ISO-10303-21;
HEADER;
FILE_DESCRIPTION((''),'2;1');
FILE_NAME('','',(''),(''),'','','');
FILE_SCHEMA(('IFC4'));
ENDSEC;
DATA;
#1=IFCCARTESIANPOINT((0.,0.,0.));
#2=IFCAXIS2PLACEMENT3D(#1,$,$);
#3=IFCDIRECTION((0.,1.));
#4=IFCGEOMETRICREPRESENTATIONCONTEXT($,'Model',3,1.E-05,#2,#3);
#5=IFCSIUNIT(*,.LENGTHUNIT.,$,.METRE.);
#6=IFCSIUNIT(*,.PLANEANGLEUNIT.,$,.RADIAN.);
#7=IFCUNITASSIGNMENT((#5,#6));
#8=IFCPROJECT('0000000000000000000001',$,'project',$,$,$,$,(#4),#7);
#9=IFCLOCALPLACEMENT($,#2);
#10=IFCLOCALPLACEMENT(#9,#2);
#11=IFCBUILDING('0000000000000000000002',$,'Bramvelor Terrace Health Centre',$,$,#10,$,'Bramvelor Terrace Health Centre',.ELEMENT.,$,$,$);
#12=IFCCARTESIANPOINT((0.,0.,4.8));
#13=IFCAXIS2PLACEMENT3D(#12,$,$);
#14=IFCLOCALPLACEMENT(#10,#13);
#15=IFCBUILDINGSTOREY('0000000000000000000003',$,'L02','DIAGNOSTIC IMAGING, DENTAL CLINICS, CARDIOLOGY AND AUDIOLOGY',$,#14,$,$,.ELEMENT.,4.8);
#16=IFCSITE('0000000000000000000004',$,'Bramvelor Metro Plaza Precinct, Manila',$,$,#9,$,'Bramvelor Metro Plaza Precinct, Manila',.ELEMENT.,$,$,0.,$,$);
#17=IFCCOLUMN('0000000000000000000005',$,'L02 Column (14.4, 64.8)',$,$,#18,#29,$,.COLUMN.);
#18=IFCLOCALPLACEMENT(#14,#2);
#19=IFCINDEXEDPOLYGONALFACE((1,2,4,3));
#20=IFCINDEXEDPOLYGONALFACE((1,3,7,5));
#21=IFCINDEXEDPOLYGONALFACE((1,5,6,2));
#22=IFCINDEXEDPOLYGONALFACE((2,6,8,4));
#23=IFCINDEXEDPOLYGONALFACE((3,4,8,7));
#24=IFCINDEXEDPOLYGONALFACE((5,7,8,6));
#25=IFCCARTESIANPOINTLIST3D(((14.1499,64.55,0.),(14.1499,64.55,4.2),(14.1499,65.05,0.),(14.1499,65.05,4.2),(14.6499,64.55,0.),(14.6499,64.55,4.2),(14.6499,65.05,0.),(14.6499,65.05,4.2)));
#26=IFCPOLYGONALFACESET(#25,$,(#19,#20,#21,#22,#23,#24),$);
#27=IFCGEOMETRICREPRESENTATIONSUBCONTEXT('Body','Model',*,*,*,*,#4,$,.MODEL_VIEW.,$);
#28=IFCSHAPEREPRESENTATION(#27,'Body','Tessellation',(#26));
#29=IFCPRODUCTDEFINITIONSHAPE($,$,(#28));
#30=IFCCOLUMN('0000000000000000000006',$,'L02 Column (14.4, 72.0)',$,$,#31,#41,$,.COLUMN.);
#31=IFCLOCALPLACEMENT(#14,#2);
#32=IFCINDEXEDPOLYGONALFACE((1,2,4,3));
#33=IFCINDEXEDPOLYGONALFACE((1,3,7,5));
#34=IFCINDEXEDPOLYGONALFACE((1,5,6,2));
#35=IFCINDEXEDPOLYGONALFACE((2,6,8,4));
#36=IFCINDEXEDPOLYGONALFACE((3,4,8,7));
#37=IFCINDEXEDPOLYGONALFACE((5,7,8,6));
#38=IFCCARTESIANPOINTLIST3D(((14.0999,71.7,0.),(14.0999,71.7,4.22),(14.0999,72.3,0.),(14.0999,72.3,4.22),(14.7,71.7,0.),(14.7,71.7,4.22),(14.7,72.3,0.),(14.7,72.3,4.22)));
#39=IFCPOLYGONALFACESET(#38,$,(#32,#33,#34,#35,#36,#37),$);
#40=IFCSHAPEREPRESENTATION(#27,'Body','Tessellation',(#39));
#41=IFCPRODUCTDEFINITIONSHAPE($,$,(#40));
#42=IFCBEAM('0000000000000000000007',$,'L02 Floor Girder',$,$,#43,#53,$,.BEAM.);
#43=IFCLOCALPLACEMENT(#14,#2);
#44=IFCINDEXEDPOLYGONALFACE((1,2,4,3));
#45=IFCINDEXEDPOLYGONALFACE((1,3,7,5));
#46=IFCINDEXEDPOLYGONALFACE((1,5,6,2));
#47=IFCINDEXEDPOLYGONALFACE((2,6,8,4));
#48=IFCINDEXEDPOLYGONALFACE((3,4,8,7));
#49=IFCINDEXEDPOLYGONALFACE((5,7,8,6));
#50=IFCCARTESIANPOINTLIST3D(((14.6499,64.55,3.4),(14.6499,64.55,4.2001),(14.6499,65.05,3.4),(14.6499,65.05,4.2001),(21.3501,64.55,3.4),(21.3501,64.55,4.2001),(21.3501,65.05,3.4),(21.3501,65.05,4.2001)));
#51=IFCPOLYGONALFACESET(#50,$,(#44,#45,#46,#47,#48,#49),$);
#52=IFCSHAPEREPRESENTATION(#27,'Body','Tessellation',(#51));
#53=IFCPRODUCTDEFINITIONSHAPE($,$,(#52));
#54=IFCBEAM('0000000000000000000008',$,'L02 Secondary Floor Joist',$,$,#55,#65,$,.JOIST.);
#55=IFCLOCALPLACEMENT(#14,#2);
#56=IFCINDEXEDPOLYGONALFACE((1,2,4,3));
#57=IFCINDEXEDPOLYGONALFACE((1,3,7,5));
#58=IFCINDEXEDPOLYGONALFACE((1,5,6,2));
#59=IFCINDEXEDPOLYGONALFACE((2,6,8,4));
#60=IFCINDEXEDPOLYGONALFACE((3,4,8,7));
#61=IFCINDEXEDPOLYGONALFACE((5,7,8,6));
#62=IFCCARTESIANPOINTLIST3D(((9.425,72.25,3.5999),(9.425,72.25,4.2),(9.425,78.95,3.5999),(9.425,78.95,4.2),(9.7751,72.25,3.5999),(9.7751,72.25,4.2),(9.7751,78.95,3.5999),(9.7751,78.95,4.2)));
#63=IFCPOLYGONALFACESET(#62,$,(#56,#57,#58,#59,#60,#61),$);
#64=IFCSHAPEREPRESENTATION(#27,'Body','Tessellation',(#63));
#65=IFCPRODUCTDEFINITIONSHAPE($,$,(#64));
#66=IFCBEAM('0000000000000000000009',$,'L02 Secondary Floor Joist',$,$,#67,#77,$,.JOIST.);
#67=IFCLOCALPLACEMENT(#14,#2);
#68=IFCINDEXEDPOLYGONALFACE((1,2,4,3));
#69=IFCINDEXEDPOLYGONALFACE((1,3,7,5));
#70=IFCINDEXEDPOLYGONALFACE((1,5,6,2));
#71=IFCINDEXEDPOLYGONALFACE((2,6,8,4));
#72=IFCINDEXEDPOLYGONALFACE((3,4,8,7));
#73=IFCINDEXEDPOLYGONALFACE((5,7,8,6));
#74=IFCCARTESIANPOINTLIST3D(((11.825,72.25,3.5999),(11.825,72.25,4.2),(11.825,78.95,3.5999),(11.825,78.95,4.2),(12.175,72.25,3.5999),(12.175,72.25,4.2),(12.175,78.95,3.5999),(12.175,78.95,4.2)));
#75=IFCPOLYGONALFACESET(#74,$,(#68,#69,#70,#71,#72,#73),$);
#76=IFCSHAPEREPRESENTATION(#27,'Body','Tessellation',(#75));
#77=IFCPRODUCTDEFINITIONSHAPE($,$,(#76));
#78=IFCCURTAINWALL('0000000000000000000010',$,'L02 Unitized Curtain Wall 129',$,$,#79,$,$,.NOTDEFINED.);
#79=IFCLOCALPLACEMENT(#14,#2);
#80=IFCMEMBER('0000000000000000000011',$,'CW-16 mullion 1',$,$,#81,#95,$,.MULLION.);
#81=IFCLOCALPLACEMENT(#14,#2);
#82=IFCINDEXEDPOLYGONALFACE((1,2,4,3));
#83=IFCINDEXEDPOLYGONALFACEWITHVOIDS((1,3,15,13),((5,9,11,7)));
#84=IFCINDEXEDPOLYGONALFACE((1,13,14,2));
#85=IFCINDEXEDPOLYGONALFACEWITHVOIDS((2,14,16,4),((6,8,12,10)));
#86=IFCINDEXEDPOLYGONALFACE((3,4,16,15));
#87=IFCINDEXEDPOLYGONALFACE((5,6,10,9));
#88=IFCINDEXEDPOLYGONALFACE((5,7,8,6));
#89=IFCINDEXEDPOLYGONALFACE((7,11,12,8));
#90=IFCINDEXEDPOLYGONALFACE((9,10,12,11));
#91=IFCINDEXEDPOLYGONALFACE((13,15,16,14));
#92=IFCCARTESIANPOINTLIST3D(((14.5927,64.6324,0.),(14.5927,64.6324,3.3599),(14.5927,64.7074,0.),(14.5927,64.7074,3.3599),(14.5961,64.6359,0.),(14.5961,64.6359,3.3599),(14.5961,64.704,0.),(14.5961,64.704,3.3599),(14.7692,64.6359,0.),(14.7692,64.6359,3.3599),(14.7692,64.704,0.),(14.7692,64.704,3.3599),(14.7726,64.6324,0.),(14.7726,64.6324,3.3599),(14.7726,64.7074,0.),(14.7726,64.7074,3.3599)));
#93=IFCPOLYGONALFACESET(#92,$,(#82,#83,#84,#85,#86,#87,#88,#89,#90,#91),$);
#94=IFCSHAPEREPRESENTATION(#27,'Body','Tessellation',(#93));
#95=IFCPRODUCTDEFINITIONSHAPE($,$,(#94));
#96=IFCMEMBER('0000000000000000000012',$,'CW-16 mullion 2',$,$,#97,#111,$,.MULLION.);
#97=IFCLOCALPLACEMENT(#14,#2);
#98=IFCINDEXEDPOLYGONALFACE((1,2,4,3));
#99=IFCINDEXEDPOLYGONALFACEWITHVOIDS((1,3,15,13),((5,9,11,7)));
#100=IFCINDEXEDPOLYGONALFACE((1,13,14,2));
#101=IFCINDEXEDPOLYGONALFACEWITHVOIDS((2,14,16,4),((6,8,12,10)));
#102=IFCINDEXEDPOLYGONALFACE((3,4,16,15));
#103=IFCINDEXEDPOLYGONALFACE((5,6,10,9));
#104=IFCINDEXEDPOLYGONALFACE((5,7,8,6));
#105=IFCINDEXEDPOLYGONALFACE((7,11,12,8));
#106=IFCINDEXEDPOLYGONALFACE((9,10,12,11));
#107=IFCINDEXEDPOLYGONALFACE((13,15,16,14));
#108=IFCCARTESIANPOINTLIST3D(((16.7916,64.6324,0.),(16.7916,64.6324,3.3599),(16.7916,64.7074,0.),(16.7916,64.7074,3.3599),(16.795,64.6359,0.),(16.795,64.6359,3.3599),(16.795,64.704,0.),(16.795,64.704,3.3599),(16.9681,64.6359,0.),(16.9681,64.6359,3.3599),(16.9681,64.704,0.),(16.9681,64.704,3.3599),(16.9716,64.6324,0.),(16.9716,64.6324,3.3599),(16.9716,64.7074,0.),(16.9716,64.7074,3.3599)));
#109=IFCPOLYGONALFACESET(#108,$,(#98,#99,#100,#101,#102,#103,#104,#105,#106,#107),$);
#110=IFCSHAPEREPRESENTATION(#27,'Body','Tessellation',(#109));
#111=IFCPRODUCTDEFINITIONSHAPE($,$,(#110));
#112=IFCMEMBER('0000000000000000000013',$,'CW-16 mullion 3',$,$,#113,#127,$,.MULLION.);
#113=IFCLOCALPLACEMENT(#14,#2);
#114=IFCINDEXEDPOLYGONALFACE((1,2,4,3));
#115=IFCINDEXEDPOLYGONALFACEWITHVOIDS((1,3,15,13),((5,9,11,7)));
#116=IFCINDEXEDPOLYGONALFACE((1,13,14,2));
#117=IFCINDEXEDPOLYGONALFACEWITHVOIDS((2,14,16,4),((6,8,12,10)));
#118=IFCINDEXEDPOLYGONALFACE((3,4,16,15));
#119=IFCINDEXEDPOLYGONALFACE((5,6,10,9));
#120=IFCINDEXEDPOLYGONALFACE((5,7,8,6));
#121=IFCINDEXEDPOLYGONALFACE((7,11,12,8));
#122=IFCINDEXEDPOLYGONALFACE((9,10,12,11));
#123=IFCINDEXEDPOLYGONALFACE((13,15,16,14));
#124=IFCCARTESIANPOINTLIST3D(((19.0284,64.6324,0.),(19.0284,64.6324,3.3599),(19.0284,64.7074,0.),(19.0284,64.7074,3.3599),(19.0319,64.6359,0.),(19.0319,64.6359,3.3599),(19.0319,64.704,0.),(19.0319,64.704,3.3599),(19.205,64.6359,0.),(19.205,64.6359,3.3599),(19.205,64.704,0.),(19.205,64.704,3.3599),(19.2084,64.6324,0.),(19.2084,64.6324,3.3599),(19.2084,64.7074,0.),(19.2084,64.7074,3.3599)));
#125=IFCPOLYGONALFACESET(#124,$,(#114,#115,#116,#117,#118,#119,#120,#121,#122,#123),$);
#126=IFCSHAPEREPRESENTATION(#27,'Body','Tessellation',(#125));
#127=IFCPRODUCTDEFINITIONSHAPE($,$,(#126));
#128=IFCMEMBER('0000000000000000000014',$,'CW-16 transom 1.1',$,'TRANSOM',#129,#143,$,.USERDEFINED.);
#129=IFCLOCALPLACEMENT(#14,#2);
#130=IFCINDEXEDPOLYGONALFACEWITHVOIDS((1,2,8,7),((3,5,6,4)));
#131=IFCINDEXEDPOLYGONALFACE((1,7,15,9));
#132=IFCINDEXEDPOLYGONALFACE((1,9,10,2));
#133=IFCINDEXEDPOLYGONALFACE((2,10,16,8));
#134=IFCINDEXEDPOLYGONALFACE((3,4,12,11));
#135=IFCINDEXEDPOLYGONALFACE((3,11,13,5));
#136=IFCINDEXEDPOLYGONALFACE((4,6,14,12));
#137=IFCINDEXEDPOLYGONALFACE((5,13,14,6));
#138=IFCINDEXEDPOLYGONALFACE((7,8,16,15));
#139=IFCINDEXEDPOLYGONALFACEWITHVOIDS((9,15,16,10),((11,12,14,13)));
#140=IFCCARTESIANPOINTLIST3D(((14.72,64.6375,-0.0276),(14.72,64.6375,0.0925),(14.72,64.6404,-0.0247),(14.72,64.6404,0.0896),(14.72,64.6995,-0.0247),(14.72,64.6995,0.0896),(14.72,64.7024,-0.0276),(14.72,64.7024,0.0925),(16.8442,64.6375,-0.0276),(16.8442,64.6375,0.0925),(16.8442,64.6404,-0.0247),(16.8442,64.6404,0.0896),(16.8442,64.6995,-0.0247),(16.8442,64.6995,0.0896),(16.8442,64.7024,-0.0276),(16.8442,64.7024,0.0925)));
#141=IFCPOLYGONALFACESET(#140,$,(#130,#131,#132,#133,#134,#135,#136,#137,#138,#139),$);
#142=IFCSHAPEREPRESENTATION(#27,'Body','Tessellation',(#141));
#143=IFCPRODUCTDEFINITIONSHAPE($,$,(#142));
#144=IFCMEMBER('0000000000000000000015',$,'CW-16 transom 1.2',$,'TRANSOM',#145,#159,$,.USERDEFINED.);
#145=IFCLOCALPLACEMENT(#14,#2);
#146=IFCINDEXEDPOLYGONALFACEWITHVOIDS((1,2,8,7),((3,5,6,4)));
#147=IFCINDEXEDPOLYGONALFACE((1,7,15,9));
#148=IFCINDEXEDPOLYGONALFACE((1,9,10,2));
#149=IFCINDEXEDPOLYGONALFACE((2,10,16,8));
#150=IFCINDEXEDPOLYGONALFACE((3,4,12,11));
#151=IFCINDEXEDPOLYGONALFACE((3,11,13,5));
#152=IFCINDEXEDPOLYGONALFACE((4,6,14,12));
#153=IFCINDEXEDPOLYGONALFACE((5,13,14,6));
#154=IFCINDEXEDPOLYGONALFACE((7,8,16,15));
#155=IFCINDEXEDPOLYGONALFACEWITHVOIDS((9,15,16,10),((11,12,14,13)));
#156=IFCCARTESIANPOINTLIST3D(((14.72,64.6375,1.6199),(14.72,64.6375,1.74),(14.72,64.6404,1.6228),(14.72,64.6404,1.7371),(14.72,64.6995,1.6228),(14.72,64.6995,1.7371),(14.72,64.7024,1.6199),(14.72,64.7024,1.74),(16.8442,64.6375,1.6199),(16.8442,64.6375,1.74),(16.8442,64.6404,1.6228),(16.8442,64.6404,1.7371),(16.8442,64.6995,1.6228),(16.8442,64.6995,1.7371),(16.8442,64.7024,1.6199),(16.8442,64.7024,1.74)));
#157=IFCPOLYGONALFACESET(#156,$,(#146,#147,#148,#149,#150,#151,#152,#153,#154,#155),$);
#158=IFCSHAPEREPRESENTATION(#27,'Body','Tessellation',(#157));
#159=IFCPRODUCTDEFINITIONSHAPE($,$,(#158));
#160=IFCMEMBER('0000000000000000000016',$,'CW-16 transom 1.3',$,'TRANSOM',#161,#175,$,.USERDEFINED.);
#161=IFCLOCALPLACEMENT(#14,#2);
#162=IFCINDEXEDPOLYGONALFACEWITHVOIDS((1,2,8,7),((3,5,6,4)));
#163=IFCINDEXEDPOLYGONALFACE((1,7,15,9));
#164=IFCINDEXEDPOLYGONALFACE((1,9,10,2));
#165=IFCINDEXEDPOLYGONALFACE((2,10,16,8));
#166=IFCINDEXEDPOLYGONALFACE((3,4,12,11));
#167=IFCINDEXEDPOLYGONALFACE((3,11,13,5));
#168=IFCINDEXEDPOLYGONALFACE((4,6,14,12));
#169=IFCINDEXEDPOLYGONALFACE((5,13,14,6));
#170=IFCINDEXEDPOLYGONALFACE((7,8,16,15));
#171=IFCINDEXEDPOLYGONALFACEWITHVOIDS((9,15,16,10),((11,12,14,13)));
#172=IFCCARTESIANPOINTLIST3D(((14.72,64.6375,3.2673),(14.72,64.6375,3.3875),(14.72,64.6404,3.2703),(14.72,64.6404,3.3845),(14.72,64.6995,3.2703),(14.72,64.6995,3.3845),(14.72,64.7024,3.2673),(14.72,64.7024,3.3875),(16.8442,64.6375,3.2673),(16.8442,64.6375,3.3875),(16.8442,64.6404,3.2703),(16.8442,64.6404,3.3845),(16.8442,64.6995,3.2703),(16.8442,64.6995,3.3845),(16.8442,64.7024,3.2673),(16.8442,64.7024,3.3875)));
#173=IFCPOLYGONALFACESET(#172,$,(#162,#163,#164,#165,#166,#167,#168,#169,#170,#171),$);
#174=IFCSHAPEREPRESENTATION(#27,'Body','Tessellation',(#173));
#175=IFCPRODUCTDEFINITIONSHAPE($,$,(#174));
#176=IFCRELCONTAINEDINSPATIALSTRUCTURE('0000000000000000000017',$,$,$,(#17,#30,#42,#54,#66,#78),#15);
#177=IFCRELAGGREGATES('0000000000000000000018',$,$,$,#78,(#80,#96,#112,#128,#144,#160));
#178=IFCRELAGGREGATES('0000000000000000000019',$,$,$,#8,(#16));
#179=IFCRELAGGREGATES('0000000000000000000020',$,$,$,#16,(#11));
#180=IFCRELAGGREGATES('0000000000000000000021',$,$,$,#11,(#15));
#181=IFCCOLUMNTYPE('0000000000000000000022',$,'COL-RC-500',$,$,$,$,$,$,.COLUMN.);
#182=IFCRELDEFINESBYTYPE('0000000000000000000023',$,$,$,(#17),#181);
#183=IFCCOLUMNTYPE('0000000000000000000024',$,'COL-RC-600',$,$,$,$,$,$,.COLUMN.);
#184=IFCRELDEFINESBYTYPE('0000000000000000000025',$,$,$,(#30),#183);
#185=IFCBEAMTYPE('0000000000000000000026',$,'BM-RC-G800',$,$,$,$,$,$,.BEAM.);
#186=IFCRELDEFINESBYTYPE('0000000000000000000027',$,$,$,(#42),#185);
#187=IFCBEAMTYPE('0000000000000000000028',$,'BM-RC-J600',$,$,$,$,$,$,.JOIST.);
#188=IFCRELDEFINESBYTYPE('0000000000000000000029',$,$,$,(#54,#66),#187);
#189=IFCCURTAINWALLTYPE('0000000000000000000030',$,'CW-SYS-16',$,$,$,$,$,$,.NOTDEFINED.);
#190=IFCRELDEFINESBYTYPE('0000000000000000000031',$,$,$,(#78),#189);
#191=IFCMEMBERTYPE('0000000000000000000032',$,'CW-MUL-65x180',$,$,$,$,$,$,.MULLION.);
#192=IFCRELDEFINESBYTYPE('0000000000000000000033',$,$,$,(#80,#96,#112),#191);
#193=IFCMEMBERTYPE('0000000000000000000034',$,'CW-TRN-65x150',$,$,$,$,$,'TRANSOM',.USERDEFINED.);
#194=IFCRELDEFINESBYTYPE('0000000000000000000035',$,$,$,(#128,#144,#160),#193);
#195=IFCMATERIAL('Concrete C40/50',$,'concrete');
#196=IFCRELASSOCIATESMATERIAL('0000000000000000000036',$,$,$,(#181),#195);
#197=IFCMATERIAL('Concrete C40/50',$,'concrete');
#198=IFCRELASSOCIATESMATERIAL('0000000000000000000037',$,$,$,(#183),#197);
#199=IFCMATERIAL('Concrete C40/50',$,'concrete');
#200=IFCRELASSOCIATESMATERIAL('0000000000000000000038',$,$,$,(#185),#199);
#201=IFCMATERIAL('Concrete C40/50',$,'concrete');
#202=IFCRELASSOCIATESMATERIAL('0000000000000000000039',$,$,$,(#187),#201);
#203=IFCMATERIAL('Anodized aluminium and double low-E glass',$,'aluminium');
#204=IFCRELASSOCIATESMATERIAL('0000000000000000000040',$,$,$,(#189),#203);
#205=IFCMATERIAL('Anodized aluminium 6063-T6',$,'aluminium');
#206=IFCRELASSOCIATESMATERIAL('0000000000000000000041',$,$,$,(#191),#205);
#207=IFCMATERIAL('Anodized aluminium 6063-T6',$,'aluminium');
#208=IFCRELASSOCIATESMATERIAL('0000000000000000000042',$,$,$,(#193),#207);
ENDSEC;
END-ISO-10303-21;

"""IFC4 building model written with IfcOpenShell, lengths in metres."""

from ifc_helpers import new_model, si_unit, direction, frame, origin, origin_2d, place, context, subcontext, project, spatial, rectangle, hollow_rectangle, extrude, material, material_profile, profile_set, type_object, element, aggregate, save


model = new_model("IFC4")

# Units and contexts
model_context = context("Model", 3, precision=1e-05, world=origin(), true_north=direction((0.0, 1.0)))
body_context = subcontext(model_context, "Body", "Model", "MODEL_VIEW")
ifc_project = project(units=[si_unit("LENGTHUNIT", "METRE"), si_unit("PLANEANGLEUNIT", "RADIAN")], contexts=[model_context])

# Site, building, storey
site_placement = place(None, origin())
site = spatial("IfcSite", under=ifc_project, at=site_placement, Name="Bramvelor Metro Plaza Precinct, Manila", LongName="Bramvelor Metro Plaza Precinct, Manila", CompositionType="ELEMENT", RefElevation=0.0)
building_placement = place(site_placement, origin())
building = spatial("IfcBuilding", under=site, at=building_placement, Name="Bramvelor Terrace Health Centre", LongName="Bramvelor Terrace Health Centre", CompositionType="ELEMENT")
storey_placement = place(building_placement, frame((0.0, 0.0, 4.8)))
storey = spatial("IfcBuildingStorey", under=building, at=storey_placement, Name="L02", Description="DIAGNOSTIC IMAGING, DENTAL CLINICS, CARDIOLOGY AND AUDIOLOGY", CompositionType="ELEMENT", Elevation=4.8)

# Columns
ifc_material_1 = material(Name="Concrete C40/50", Category="concrete")
ifc_material_profile_1 = material_profile(ifc_material_1, rectangle(XDim=0.5, YDim=0.5, at=origin_2d()), Name="RC 500x500")
ifc_profile_set_1 = profile_set([ifc_material_profile_1], Name="Concrete C40/50")
column_type_1 = type_object("IfcColumnType", Name="COL-RC-500", PredefinedType="COLUMN", material=ifc_profile_set_1)
column_1_placement = place(storey_placement, frame((14.3999, 64.8, 0.0), z_axis=(0.0, 0.0, 1.0), x_axis=(1.0, 0.0, 0.0)))
element("IfcColumn", 1, at=column_1_placement, inside=storey, type_object=column_type_1, Name="L02 Column (14.4, 64.8)", PredefinedType="COLUMN", context=body_context, shape_type="SweptSolid", body=[
    extrude(rectangle(XDim=0.5, YDim=0.5, at=origin_2d()), origin(), (0.0, 0.0, 1.0), 4.2),
])
ifc_material_2 = material(Name="Concrete C40/50", Category="concrete")
ifc_material_profile_2 = material_profile(ifc_material_2, rectangle(XDim=0.6001, YDim=0.6001, at=origin_2d()), Name="RC 600x600")
ifc_profile_set_2 = profile_set([ifc_material_profile_2], Name="Concrete C40/50")
column_type_2 = type_object("IfcColumnType", Name="COL-RC-600", PredefinedType="COLUMN", material=ifc_profile_set_2)
column_2_placement = place(storey_placement, frame((14.3999, 72.0, 0.0), z_axis=(0.0, 0.0, 1.0), x_axis=(1.0, 0.0, 0.0)))
element("IfcColumn", 2, at=column_2_placement, inside=storey, type_object=column_type_2, Name="L02 Column (14.4, 72.0)", PredefinedType="COLUMN", context=body_context, shape_type="SweptSolid", body=[
    extrude(rectangle(XDim=0.6001, YDim=0.6001, at=origin_2d()), origin(), (0.0, 0.0, 1.0), 4.22),
])

# Beams
ifc_material_3 = material(Name="Concrete C40/50", Category="concrete")
ifc_material_profile_3 = material_profile(ifc_material_3, rectangle(XDim=0.5, YDim=0.8, at=origin_2d()), Name="RC 500x800")
ifc_profile_set_3 = profile_set([ifc_material_profile_3], Name="Concrete C40/50")
beam_type_1 = type_object("IfcBeamType", Name="BM-RC-G800", PredefinedType="BEAM", material=ifc_profile_set_3)
beam_placement = place(storey_placement, frame((14.6499, 64.8, 3.8), z_axis=(1.0, 0.0, 0.0), x_axis=(0.0, 1.0, 0.0)))
element("IfcBeam", 3, at=beam_placement, inside=storey, type_object=beam_type_1, Name="L02 Floor Girder", PredefinedType="BEAM", context=body_context, shape_type="SweptSolid", body=[
    extrude(rectangle(XDim=0.5, YDim=0.8, at=origin_2d()), origin(), (0.0, 0.0, 1.0), 6.7002),
])
ifc_material_4 = material(Name="Concrete C40/50", Category="concrete")
ifc_material_profile_4 = material_profile(ifc_material_4, rectangle(XDim=0.3501, YDim=0.6001, at=origin_2d()), Name="RC 350x600")
ifc_profile_set_4 = profile_set([ifc_material_profile_4], Name="Concrete C40/50")
beam_type_2 = type_object("IfcBeamType", Name="BM-RC-J600", PredefinedType="JOIST", material=ifc_profile_set_4)
for number, where, z_axis, x_axis, name in (
    (4, (9.6001, 72.25, 3.8999), (0.0, 1.0, 0.0), (-1.0, 0.0, 0.0), "L02 Secondary Floor Joist"),
    (5, (12.0, 72.25, 3.8999), (0.0, 1.0, 0.0), (-1.0, 0.0, 0.0), "L02 Secondary Floor Joist"),
):
    element("IfcBeam", number, at=place(storey_placement, frame(where, z_axis=z_axis, x_axis=x_axis)), inside=storey, type_object=beam_type_2, Name=name, PredefinedType="JOIST", context=body_context, shape_type="SweptSolid", body=[
        extrude(rectangle(XDim=0.3501, YDim=0.6001, at=origin_2d()), origin(), (0.0, 0.0, 1.0), 6.7),
    ])

# Curtain wall, members
ifc_material_5 = material(Name="Anodized aluminium and double low-E glass", Category="aluminium")
curtain_wall_type = type_object("IfcCurtainWallType", Name="CW-SYS-16", PredefinedType="NOTDEFINED", material=ifc_material_5)
curtain_wall_placement = place(storey_placement, origin())
curtain_wall = element("IfcCurtainWall", 6, at=curtain_wall_placement, inside=storey, type_object=curtain_wall_type, Name="L02 Unitized Curtain Wall 129", PredefinedType="NOTDEFINED")
ifc_material_6 = material(Name="Anodized aluminium 6063-T6", Category="aluminium")
ifc_material_profile_5 = material_profile(ifc_material_6, hollow_rectangle(XDim=0.075, YDim=0.1799, WallThickness=0.0034, at=origin_2d()), Name="ALU-MUL 75x180x3.5")
ifc_profile_set_5 = profile_set([ifc_material_profile_5], Name="Anodized aluminium 6063-T6")
member_type_1 = type_object("IfcMemberType", Name="CW-MUL-65x180", PredefinedType="MULLION", material=ifc_profile_set_5)
member_1_placement = place(storey_placement, frame((14.6826, 64.6699, 0.0), z_axis=(0.0, 0.0, 1.0), x_axis=(0.0, 1.0, 0.0)))
member_1 = element("IfcMember", 7, at=member_1_placement, type_object=member_type_1, Name="CW-16 mullion 1", PredefinedType="MULLION", context=body_context, shape_type="SweptSolid", body=[
    extrude(hollow_rectangle(XDim=0.075, YDim=0.1799, WallThickness=0.0034, at=origin_2d()), origin(), (0.0, 0.0, 1.0), 3.3599),
])
member_2_placement = place(storey_placement, frame((16.8816, 64.6699, 0.0), z_axis=(0.0, 0.0, 1.0), x_axis=(0.0, 1.0, 0.0)))
member_2 = element("IfcMember", 8, at=member_2_placement, type_object=member_type_1, Name="CW-16 mullion 2", PredefinedType="MULLION", context=body_context, shape_type="SweptSolid", body=[
    extrude(hollow_rectangle(XDim=0.075, YDim=0.1799, WallThickness=0.0034, at=origin_2d()), origin(), (0.0, 0.0, 1.0), 3.3599),
])
member_3_placement = place(storey_placement, frame((19.1184, 64.6699, 0.0), z_axis=(0.0, 0.0, 1.0), x_axis=(0.0, 1.0, 0.0)))
member_3 = element("IfcMember", 9, at=member_3_placement, type_object=member_type_1, Name="CW-16 mullion 3", PredefinedType="MULLION", context=body_context, shape_type="SweptSolid", body=[
    extrude(hollow_rectangle(XDim=0.075, YDim=0.1799, WallThickness=0.0034, at=origin_2d()), origin(), (0.0, 0.0, 1.0), 3.3599),
])
ifc_material_7 = material(Name="Anodized aluminium 6063-T6", Category="aluminium")
ifc_material_profile_6 = material_profile(ifc_material_7, hollow_rectangle(XDim=0.0649, YDim=0.1201, WallThickness=0.0029, at=origin_2d()), Name="ALU-TRN 65x120x3.0")
ifc_profile_set_6 = profile_set([ifc_material_profile_6], Name="Anodized aluminium 6063-T6")
member_type_2 = type_object("IfcMemberType", Name="CW-TRN-65x150", ElementType="TRANSOM", PredefinedType="USERDEFINED", material=ifc_profile_set_6)
member_4_placement = place(storey_placement, frame((14.72, 64.6699, 0.0325), z_axis=(1.0, 0.0, 0.0), x_axis=(0.0, 1.0, 0.0)))
member_4 = element("IfcMember", 10, at=member_4_placement, type_object=member_type_2, Name="CW-16 transom 1.1", ObjectType="TRANSOM", PredefinedType="USERDEFINED", context=body_context, shape_type="SweptSolid", body=[
    extrude(hollow_rectangle(XDim=0.0649, YDim=0.1201, WallThickness=0.0029, at=origin_2d()), origin(), (0.0, 0.0, 1.0), 2.1243),
])
member_5_placement = place(storey_placement, frame((14.72, 64.6699, 1.6799), z_axis=(1.0, 0.0, 0.0), x_axis=(0.0, 1.0, 0.0)))
member_5 = element("IfcMember", 11, at=member_5_placement, type_object=member_type_2, Name="CW-16 transom 1.2", ObjectType="TRANSOM", PredefinedType="USERDEFINED", context=body_context, shape_type="SweptSolid", body=[
    extrude(hollow_rectangle(XDim=0.0649, YDim=0.1201, WallThickness=0.0029, at=origin_2d()), origin(), (0.0, 0.0, 1.0), 2.1243),
])
member_6_placement = place(storey_placement, frame((14.72, 64.6699, 3.3274), z_axis=(1.0, 0.0, 0.0), x_axis=(0.0, 1.0, 0.0)))
member_6 = element("IfcMember", 12, at=member_6_placement, type_object=member_type_2, Name="CW-16 transom 1.3", ObjectType="TRANSOM", PredefinedType="USERDEFINED", context=body_context, shape_type="SweptSolid", body=[
    extrude(hollow_rectangle(XDim=0.0649, YDim=0.1201, WallThickness=0.0029, at=origin_2d()), origin(), (0.0, 0.0, 1.0), 2.1243),
])
aggregate(curtain_wall, [member_1, member_2, member_3, member_4, member_5, member_6])

save(model, "model.ifc")
